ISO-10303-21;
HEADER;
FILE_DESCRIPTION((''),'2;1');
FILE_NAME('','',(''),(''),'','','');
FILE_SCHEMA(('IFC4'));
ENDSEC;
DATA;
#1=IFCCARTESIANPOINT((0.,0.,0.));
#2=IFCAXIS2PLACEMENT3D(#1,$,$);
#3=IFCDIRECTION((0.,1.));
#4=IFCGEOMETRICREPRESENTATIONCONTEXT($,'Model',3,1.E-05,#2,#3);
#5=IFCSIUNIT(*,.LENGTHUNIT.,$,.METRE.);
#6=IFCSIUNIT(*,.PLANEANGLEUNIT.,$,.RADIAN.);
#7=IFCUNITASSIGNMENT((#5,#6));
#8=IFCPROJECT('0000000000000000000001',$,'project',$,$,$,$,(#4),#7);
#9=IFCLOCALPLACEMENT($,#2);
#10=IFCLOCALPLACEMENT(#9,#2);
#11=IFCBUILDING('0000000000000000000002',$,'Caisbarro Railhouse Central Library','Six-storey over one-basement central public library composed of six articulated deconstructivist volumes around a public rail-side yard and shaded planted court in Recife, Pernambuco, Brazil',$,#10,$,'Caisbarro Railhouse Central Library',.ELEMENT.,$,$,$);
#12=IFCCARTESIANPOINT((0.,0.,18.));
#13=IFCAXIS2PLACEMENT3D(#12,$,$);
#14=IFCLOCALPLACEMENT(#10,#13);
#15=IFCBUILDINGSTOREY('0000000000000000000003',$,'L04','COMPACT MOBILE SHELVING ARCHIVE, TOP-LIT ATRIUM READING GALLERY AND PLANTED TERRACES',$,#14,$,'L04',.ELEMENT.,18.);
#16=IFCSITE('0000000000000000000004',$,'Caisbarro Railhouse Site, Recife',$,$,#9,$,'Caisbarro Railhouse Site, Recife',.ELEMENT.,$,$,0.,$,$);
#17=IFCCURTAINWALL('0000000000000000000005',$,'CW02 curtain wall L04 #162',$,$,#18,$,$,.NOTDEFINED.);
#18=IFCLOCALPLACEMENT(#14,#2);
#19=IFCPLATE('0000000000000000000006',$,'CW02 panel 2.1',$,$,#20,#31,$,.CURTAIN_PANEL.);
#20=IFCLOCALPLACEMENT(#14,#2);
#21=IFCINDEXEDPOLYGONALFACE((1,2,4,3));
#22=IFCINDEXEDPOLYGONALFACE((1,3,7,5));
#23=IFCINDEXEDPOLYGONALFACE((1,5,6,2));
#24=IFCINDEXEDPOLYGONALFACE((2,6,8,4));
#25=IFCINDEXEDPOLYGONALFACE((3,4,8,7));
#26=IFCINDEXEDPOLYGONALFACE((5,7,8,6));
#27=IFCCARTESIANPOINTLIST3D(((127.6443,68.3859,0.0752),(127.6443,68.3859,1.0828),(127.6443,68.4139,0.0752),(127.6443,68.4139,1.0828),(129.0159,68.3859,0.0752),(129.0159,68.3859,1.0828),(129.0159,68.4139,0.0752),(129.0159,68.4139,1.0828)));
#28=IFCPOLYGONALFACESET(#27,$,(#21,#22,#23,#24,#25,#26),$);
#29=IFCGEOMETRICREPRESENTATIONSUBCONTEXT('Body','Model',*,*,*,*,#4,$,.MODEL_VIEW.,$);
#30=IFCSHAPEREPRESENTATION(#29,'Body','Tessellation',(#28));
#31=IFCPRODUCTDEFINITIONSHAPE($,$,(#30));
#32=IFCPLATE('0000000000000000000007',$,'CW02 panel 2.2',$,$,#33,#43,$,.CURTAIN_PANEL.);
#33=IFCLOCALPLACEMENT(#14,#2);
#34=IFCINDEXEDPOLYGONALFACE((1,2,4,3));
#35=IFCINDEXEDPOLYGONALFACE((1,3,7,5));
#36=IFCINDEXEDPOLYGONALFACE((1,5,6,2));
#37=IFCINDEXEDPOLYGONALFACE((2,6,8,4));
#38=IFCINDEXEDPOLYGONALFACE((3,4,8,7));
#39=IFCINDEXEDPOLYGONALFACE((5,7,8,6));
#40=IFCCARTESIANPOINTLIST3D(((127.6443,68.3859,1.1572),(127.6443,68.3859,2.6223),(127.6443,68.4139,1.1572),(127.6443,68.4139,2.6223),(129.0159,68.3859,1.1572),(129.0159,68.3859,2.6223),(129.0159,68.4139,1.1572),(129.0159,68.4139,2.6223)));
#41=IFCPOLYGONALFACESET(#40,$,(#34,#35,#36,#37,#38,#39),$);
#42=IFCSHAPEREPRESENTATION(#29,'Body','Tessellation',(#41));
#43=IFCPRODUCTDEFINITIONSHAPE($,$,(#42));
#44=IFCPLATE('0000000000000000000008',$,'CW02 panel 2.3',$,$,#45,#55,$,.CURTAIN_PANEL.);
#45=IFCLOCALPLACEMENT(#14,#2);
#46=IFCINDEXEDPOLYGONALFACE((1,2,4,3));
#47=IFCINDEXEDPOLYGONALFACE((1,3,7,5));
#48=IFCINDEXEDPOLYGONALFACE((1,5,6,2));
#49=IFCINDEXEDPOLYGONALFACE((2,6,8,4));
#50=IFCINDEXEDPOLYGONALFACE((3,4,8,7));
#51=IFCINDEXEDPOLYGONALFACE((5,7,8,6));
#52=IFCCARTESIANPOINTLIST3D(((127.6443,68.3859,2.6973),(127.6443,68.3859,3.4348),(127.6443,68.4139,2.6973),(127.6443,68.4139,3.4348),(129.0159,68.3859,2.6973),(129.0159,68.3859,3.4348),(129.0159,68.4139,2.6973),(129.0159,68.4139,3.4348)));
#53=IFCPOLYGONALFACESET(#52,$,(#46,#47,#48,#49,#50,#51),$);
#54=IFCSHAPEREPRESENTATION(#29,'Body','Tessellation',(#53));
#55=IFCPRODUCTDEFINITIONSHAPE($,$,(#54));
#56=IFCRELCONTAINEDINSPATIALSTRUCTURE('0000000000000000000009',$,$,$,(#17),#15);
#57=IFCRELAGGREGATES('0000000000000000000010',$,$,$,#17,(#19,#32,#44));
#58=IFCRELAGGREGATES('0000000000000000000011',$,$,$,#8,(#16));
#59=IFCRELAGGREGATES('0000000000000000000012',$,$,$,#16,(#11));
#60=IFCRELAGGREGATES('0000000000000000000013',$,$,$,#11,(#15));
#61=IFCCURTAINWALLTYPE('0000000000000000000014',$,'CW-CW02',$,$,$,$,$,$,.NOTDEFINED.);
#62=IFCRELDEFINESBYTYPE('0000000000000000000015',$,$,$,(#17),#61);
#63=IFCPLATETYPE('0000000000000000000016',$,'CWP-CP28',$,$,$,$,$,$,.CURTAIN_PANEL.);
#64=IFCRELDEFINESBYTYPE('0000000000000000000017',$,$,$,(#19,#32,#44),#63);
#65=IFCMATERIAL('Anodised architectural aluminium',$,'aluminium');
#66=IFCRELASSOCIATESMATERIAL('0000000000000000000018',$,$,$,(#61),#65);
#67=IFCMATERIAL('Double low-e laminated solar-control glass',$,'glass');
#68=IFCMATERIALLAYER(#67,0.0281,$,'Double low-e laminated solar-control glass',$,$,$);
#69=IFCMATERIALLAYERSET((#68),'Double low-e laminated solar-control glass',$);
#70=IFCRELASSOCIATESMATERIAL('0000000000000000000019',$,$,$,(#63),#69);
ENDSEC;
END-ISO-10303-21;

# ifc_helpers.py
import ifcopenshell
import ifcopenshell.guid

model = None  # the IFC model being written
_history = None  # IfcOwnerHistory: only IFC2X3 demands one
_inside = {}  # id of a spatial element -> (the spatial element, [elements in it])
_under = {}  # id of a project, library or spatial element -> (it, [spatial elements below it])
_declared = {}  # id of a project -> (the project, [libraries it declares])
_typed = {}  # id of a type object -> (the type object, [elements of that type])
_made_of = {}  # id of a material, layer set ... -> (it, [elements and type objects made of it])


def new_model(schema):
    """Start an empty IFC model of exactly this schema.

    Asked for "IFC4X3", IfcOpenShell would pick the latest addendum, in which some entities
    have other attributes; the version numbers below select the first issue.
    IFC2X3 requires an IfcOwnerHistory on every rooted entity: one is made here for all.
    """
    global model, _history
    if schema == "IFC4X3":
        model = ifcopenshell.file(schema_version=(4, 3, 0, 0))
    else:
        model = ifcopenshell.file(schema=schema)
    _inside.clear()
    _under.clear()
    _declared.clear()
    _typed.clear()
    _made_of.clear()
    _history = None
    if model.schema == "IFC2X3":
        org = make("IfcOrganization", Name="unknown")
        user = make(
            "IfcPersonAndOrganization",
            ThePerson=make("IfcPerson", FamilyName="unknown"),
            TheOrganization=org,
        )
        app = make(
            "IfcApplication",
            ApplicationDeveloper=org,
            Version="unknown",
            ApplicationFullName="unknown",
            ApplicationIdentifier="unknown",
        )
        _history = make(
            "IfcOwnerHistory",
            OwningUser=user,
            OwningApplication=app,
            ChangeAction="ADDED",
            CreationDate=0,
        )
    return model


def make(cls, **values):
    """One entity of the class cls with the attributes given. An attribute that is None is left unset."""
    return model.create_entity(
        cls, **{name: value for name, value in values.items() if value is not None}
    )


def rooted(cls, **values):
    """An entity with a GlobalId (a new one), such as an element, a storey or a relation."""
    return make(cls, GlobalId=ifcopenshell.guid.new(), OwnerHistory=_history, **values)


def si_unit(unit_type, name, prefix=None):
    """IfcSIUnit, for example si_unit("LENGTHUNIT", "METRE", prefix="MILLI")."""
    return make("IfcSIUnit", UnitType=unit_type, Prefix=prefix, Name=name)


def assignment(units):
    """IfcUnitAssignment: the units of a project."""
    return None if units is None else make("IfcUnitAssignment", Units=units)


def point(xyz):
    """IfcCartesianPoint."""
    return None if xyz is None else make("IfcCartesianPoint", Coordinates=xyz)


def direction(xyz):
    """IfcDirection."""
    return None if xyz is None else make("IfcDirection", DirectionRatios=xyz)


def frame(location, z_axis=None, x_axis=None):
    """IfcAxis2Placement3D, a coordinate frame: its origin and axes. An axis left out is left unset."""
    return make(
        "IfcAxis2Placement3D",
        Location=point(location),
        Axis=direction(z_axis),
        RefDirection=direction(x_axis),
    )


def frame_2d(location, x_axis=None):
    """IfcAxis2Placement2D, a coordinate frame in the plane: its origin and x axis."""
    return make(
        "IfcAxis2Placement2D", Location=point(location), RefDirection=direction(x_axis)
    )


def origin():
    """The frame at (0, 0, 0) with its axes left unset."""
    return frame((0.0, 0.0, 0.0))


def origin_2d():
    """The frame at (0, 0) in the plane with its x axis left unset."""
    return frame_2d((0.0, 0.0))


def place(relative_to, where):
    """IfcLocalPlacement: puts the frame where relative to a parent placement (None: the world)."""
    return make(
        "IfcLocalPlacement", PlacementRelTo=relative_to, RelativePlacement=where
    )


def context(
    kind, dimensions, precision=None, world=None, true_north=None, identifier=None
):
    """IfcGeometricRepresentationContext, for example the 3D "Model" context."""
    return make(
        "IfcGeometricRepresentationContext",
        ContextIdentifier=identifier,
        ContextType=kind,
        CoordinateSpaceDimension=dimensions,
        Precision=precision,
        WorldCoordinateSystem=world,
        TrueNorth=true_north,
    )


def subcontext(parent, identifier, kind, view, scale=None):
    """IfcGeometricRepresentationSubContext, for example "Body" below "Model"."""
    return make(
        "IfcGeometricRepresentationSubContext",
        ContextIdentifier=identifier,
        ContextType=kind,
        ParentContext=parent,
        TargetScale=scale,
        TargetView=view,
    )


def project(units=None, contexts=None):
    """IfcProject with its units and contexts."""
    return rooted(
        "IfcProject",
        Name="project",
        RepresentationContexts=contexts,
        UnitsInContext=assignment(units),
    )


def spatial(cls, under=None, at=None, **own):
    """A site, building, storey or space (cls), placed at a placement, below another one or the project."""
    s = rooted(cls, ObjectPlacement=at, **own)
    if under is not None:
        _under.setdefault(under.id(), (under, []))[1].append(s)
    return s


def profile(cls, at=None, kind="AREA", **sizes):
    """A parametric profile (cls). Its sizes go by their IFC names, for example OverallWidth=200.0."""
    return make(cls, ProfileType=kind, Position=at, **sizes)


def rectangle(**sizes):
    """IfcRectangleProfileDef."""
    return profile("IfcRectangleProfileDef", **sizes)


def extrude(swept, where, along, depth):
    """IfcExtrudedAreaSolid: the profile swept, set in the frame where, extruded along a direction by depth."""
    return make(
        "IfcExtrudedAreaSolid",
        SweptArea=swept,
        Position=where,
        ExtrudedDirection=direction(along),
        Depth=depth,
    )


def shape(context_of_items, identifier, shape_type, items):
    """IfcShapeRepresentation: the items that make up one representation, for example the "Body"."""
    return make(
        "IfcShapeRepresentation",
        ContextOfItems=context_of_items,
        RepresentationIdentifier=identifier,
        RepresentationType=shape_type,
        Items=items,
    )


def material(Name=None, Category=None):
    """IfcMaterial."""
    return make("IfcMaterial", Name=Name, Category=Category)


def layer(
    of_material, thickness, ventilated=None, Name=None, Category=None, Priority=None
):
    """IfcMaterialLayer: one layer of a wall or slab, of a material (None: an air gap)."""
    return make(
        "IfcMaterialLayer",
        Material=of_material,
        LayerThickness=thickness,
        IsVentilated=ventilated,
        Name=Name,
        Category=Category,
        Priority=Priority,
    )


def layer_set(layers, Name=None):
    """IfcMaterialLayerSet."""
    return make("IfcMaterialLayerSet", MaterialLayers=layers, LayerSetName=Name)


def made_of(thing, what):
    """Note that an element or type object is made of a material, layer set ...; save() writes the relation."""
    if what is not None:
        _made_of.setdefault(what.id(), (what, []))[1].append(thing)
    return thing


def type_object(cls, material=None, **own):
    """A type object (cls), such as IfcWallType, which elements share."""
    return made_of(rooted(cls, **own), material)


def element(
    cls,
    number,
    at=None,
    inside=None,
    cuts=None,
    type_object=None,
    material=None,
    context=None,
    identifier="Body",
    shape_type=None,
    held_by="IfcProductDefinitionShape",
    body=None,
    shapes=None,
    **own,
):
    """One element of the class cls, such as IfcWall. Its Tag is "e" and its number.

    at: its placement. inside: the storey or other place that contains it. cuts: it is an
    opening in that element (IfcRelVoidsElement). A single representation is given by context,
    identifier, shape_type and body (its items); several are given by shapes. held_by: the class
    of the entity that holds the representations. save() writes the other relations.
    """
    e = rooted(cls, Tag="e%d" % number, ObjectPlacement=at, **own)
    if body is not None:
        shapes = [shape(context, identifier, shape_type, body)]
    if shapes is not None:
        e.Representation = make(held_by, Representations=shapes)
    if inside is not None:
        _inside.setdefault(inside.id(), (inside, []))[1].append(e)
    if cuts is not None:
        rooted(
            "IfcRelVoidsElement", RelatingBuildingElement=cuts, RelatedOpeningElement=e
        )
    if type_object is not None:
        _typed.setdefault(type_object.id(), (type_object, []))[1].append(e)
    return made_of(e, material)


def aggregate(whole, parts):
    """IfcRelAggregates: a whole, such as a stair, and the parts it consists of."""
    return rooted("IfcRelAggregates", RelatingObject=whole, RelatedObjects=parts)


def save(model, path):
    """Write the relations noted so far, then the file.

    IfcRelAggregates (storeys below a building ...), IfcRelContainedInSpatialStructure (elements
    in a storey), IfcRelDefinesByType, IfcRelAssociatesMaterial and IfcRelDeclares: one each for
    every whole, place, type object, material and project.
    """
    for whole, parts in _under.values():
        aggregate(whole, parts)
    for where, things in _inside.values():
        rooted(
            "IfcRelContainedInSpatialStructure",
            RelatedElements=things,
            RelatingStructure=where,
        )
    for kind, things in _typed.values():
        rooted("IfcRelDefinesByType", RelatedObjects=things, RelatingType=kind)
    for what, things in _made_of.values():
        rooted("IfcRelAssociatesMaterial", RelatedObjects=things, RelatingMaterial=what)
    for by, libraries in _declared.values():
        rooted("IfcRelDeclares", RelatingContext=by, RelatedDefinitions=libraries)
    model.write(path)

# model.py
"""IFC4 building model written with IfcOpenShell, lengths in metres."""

from ifc_helpers import new_model, si_unit, direction, frame, origin, origin_2d, place, context, subcontext, project, spatial, rectangle, extrude, material, layer, layer_set, type_object, element, aggregate, save


model = new_model("IFC4")

# Units and contexts
model_context = context("Model", 3, precision=1e-05, world=origin(), true_north=direction((0.0, 1.0)))
body_context = subcontext(model_context, "Body", "Model", "MODEL_VIEW")
ifc_project = project(units=[si_unit("LENGTHUNIT", "METRE"), si_unit("PLANEANGLEUNIT", "RADIAN")], contexts=[model_context])

# Site, building, storey
site_placement = place(None, origin())
site = spatial("IfcSite", under=ifc_project, at=site_placement, Name="Caisbarro Railhouse Site, Recife", LongName="Caisbarro Railhouse Site, Recife", CompositionType="ELEMENT", RefElevation=0.0)
building_placement = place(site_placement, origin())
building = spatial("IfcBuilding", under=site, at=building_placement, Name="Caisbarro Railhouse Central Library", Description="Six-storey over one-basement central public library composed of six articulated deconstructivist volumes around a public rail-side yard and shaded planted court in Recife, Pernambuco, Brazil", LongName="Caisbarro Railhouse Central Library", CompositionType="ELEMENT")
storey_placement = place(building_placement, frame((0.0, 0.0, 18.0)))
storey = spatial("IfcBuildingStorey", under=building, at=storey_placement, Name="L04", Description="COMPACT MOBILE SHELVING ARCHIVE, TOP-LIT ATRIUM READING GALLERY AND PLANTED TERRACES", LongName="L04", CompositionType="ELEMENT", Elevation=18.0)

# Curtain wall
ifc_material_1 = material(Name="Anodised architectural aluminium", Category="aluminium")
curtain_wall_type = type_object("IfcCurtainWallType", Name="CW-CW02", PredefinedType="NOTDEFINED", material=ifc_material_1)
curtain_wall_1_placement = place(storey_placement, origin())
curtain_wall_1 = element("IfcCurtainWall", 1, at=curtain_wall_1_placement, inside=storey, type_object=curtain_wall_type, Name="CW02 curtain wall L04 #162", PredefinedType="NOTDEFINED")

# Plates
ifc_material_2 = material(Name="Double low-e laminated solar-control glass", Category="glass")
ifc_layer = layer(ifc_material_2, 0.0281, Name="Double low-e laminated solar-control glass")
ifc_layer_set = layer_set([ifc_layer], Name="Double low-e laminated solar-control glass")
plate_type = type_object("IfcPlateType", Name="CWP-CP28", PredefinedType="CURTAIN_PANEL", material=ifc_layer_set)
plate_1_placement = place(storey_placement, frame((128.3301, 68.3999, 0.0752), z_axis=(0.0, 0.0, 1.0), x_axis=(1.0, 0.0, 0.0)))
plate_1 = element("IfcPlate", 2, at=plate_1_placement, type_object=plate_type, Name="CW02 panel 2.1", PredefinedType="CURTAIN_PANEL", context=body_context, shape_type="SweptSolid", body=[
    extrude(rectangle(XDim=1.3716, YDim=0.0281, at=origin_2d()), origin(), (0.0, 0.0, 1.0), 1.0076),
])
plate_2_placement = place(storey_placement, frame((128.3301, 68.3999, 1.1572), z_axis=(0.0, 0.0, 1.0), x_axis=(1.0, 0.0, 0.0)))
plate_2 = element("IfcPlate", 3, at=plate_2_placement, type_object=plate_type, Name="CW02 panel 2.2", PredefinedType="CURTAIN_PANEL", context=body_context, shape_type="SweptSolid", body=[
    extrude(rectangle(XDim=1.3716, YDim=0.0281, at=origin_2d()), origin(), (0.0, 0.0, 1.0), 1.4651),
])
plate_3_placement = place(storey_placement, frame((128.3301, 68.3999, 2.6973), z_axis=(0.0, 0.0, 1.0), x_axis=(1.0, 0.0, 0.0)))
plate_3 = element("IfcPlate", 4, at=plate_3_placement, type_object=plate_type, Name="CW02 panel 2.3", PredefinedType="CURTAIN_PANEL", context=body_context, shape_type="SweptSolid", body=[
    extrude(rectangle(XDim=1.3716, YDim=0.0281, at=origin_2d()), origin(), (0.0, 0.0, 1.0), 0.7375),
])
aggregate(curtain_wall_1, [plate_1, plate_2, plate_3])

save(model, "model.ifc")
